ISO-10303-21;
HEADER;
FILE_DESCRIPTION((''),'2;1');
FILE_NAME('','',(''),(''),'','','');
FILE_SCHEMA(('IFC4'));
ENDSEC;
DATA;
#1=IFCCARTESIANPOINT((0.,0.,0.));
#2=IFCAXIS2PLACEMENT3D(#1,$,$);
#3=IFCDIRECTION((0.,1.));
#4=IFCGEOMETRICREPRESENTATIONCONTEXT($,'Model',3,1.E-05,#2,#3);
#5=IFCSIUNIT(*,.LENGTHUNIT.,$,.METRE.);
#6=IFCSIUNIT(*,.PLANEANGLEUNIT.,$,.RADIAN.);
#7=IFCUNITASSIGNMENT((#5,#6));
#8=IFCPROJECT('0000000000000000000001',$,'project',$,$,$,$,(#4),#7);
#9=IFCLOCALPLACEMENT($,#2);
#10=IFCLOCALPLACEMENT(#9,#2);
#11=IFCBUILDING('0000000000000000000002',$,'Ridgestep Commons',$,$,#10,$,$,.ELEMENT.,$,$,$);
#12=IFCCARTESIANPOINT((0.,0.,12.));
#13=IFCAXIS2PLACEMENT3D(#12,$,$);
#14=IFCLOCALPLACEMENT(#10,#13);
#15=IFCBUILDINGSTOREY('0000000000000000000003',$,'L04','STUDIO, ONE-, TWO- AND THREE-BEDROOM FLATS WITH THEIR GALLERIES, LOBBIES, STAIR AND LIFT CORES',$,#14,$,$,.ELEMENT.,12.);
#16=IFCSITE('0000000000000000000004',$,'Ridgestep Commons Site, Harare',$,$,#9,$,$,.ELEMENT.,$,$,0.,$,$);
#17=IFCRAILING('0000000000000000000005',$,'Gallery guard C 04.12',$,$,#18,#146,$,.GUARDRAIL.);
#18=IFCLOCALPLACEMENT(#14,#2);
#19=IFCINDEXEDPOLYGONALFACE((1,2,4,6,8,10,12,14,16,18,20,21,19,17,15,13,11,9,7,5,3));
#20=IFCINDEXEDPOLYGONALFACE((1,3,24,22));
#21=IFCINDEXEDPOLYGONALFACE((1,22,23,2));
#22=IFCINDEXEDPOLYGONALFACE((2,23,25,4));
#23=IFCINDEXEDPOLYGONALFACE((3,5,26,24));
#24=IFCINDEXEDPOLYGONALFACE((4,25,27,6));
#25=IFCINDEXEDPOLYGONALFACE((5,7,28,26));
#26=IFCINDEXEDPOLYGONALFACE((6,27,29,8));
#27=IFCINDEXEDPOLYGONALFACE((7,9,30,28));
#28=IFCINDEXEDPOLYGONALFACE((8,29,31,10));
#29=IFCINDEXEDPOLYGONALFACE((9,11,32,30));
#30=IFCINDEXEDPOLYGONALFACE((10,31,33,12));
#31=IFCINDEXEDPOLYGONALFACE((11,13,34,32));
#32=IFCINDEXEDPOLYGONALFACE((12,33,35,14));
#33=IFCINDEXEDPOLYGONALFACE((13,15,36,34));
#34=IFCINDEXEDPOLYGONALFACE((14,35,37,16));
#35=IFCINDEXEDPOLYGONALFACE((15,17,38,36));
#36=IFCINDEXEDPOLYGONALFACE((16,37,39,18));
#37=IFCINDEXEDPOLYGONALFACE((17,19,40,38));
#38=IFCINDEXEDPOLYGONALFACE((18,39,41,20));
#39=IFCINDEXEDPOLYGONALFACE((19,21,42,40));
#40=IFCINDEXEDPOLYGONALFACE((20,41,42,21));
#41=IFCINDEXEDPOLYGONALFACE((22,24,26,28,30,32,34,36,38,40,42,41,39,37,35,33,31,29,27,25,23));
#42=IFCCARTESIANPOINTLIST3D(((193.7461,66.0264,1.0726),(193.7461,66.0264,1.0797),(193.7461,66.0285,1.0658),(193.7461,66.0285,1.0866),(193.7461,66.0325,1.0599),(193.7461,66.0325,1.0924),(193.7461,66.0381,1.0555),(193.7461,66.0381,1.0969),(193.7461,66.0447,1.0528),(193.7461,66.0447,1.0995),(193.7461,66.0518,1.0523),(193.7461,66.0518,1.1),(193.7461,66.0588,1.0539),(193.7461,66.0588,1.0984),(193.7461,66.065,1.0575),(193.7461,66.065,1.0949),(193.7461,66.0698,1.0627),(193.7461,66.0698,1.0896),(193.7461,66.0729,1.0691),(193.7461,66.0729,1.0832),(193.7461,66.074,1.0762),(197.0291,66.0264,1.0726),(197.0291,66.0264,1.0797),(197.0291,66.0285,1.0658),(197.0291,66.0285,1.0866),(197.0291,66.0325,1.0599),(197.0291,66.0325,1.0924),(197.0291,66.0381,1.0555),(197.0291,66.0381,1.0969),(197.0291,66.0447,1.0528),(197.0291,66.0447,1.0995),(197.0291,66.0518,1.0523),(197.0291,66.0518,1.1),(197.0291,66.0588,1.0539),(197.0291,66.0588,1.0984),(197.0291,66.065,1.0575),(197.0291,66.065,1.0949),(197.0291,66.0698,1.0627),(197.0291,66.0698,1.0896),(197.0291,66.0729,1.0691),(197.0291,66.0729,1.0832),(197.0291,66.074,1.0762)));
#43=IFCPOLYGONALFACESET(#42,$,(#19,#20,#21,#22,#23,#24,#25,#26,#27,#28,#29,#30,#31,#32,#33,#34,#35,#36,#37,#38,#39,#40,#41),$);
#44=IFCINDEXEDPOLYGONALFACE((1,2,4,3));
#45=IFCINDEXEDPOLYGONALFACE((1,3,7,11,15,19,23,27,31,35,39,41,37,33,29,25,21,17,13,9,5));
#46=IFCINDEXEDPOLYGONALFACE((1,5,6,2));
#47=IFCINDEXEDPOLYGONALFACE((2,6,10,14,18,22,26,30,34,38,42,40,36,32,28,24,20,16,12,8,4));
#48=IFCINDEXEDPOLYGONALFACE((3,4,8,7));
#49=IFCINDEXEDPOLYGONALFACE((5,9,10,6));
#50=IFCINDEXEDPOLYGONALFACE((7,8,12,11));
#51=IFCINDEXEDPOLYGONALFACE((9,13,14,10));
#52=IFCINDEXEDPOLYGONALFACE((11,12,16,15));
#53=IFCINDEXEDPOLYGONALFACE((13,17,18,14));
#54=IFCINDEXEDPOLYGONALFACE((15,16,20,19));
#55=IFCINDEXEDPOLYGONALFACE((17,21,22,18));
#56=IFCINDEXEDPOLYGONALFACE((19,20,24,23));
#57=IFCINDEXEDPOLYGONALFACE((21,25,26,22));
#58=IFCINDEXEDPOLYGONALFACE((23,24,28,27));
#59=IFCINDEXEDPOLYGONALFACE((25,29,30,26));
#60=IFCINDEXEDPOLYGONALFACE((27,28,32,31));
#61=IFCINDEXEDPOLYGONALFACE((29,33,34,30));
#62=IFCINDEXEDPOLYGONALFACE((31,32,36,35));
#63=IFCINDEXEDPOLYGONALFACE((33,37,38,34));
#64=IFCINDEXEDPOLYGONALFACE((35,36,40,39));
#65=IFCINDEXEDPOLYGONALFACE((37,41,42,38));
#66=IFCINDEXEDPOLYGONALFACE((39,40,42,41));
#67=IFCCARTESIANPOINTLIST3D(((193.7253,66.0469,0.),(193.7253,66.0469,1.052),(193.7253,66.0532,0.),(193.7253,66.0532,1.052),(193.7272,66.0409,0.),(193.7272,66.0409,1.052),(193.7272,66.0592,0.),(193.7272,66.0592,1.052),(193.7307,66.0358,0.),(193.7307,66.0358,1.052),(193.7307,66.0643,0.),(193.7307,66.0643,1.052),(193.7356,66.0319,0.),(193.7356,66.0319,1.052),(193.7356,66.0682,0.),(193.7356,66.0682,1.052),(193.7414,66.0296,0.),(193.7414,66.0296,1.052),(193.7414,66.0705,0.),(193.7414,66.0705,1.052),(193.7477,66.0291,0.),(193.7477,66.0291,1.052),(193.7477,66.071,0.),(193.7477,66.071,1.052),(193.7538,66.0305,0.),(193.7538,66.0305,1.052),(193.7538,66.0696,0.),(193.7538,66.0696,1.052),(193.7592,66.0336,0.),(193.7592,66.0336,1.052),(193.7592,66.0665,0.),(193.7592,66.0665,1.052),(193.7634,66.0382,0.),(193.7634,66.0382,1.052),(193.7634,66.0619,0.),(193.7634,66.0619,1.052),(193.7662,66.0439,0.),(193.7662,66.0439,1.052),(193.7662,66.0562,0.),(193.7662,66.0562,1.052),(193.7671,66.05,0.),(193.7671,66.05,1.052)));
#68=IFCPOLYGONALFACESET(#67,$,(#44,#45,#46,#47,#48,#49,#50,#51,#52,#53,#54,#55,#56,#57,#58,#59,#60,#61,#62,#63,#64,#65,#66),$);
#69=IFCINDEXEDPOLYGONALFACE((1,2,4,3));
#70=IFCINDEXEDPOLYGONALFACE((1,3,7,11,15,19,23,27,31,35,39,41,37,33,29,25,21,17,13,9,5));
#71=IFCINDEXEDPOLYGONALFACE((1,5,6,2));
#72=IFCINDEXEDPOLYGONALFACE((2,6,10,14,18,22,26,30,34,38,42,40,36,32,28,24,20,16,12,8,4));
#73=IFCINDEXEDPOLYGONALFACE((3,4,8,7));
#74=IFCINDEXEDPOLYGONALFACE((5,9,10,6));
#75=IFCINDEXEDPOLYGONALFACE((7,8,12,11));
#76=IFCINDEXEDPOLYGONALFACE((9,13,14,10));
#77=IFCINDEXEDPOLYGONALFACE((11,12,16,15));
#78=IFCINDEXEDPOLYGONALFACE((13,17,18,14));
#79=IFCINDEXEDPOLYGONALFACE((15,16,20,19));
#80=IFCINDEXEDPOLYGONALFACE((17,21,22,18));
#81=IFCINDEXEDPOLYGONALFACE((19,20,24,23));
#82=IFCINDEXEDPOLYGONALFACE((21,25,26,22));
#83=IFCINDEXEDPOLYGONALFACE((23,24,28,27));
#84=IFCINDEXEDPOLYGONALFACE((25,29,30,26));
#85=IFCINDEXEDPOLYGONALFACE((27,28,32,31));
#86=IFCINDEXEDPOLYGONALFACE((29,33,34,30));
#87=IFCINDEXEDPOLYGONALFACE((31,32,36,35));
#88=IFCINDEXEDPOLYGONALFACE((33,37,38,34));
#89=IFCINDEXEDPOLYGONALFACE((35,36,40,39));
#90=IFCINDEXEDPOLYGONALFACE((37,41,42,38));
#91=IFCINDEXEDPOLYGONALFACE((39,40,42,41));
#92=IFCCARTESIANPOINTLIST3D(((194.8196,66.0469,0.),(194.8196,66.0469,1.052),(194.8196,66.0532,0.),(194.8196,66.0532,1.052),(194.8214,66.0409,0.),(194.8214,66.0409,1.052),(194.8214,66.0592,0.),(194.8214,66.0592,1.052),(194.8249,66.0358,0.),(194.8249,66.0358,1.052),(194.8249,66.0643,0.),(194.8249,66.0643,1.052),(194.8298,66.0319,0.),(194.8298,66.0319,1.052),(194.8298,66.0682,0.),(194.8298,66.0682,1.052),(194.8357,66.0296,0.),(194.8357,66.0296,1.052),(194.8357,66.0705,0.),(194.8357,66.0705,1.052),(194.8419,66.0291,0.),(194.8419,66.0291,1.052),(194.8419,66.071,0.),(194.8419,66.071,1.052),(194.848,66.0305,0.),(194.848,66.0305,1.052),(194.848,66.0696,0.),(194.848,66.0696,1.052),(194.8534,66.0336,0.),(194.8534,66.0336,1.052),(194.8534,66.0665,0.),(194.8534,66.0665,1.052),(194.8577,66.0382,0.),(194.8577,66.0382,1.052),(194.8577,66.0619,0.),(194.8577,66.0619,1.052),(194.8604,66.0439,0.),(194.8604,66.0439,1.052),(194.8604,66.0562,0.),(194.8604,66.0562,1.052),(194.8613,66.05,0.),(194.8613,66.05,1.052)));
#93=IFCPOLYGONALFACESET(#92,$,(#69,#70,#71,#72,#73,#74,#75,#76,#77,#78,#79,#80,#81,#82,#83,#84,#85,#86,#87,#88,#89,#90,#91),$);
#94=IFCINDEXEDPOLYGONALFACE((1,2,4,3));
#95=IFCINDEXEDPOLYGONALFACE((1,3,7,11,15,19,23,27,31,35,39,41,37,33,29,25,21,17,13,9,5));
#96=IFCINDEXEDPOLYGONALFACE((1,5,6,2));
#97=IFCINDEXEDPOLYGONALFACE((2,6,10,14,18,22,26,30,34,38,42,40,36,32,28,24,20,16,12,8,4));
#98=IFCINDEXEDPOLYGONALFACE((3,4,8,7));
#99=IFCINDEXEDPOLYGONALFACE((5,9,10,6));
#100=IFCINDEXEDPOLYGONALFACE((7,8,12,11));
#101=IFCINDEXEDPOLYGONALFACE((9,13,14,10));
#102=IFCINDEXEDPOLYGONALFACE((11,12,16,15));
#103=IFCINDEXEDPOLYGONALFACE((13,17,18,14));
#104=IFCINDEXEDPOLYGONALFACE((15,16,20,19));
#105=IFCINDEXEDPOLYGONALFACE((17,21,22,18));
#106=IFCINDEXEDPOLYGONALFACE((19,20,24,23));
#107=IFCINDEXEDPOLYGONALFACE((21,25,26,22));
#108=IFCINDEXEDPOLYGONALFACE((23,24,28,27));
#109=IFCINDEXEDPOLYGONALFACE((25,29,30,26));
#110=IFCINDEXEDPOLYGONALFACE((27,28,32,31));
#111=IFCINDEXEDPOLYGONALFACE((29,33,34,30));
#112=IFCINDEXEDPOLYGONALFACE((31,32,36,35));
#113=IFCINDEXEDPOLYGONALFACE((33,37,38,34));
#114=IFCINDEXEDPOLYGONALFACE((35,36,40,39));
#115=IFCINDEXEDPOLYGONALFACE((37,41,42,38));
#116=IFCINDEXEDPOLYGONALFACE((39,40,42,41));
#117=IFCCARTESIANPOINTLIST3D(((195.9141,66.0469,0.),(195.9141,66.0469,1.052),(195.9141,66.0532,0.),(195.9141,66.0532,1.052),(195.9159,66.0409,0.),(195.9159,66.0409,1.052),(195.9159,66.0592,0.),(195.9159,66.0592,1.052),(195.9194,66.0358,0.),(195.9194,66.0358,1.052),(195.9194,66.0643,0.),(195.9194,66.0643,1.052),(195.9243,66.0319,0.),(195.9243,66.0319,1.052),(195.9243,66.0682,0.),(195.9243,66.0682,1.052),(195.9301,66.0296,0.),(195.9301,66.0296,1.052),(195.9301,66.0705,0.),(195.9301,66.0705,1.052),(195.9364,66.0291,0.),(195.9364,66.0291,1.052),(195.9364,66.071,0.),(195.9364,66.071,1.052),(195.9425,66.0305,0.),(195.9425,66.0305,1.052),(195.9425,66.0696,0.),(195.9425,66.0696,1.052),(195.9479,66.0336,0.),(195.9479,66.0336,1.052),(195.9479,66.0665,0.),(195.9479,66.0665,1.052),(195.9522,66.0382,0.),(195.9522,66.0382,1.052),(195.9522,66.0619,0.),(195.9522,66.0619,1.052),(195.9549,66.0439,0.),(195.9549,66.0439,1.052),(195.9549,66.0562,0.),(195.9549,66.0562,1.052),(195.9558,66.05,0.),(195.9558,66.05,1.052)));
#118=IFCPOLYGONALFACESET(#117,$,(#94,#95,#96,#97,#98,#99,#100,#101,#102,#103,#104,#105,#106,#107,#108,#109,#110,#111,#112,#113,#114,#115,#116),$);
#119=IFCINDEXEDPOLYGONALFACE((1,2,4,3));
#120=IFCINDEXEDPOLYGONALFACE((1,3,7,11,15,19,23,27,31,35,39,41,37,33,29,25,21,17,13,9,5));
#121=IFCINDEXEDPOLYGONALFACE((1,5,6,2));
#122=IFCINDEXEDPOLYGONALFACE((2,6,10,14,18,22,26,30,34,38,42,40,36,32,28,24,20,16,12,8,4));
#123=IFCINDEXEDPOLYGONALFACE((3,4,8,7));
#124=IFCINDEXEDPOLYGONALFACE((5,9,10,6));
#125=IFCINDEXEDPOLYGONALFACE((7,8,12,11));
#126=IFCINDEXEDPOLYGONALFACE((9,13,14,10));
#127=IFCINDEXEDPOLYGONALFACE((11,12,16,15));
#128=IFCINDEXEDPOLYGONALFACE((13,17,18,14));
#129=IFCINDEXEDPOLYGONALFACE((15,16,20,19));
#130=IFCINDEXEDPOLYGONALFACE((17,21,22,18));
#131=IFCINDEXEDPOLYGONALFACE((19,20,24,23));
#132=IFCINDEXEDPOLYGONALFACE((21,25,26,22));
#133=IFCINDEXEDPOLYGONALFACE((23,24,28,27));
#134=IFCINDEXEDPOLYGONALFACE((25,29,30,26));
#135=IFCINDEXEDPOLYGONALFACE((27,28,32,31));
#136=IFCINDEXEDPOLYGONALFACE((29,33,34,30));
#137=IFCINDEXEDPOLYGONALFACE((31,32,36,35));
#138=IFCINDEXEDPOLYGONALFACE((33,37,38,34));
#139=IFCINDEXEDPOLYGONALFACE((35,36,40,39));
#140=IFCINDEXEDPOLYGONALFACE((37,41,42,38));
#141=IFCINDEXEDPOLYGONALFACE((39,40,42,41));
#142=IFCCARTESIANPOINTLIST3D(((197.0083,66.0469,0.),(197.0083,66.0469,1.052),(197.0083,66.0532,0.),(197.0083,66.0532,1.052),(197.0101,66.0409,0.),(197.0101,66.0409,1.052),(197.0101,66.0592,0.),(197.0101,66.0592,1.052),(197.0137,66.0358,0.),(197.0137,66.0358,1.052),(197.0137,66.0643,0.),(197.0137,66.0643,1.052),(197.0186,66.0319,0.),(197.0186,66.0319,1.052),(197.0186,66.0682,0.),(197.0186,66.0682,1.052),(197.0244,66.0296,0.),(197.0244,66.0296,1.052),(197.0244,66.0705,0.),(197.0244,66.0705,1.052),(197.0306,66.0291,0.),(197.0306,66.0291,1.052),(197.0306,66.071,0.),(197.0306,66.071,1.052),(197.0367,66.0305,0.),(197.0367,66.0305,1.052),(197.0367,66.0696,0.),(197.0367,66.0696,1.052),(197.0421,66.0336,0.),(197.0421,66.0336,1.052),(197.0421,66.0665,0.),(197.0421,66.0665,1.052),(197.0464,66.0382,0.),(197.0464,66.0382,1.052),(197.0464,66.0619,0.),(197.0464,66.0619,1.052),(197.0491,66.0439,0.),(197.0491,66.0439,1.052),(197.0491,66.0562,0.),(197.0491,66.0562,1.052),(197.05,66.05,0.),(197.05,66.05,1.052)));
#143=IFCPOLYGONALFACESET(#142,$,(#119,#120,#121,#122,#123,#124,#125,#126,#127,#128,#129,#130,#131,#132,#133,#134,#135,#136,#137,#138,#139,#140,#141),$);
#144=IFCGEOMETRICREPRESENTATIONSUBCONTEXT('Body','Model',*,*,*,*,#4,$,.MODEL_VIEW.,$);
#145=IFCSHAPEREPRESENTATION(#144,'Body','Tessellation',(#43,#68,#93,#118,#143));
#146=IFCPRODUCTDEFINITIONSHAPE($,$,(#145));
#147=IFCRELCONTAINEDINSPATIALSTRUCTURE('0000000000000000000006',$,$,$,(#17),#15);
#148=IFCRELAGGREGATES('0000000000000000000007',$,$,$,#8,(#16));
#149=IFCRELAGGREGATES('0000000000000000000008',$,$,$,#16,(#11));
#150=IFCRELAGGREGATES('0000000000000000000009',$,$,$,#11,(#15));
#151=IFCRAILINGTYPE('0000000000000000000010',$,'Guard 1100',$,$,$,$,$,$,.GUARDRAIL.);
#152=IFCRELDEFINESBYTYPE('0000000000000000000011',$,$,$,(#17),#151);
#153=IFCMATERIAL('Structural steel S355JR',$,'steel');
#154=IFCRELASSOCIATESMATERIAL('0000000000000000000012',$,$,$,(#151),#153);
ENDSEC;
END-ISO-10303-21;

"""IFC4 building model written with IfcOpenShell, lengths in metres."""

from ifc_helpers import new_model, si_unit, direction, frame, origin, origin_2d, place, context, subcontext, project, spatial, circle, extrude, material, type_object, element, save


model = new_model("IFC4")

# Units and contexts
model_context = context("Model", 3, precision=1e-05, world=origin(), true_north=direction((0.0, 1.0)))
body_context = subcontext(model_context, "Body", "Model", "MODEL_VIEW")
ifc_project = project(units=[si_unit("LENGTHUNIT", "METRE"), si_unit("PLANEANGLEUNIT", "RADIAN")], contexts=[model_context])

# Site, building, storey
site_placement = place(None, origin())
site = spatial("IfcSite", under=ifc_project, at=site_placement, Name="Ridgestep Commons Site, Harare", CompositionType="ELEMENT", RefElevation=0.0)
building_placement = place(site_placement, origin())
building = spatial("IfcBuilding", under=site, at=building_placement, Name="Ridgestep Commons", CompositionType="ELEMENT")
storey_placement = place(building_placement, frame((0.0, 0.0, 12.0)))
storey = spatial("IfcBuildingStorey", under=building, at=storey_placement, Name="L04", Description="STUDIO, ONE-, TWO- AND THREE-BEDROOM FLATS WITH THEIR GALLERIES, LOBBIES, STAIR AND LIFT CORES", CompositionType="ELEMENT", Elevation=12.0)

# Railing
ifc_material_1 = material(Name="Structural steel S355JR", Category="steel")
railing_type_1 = type_object("IfcRailingType", Name="Guard 1100", PredefinedType="GUARDRAIL", material=ifc_material_1)
railing_1_placement = place(storey_placement, frame((193.7461, 66.05, 0.0)))
element("IfcRailing", 1, at=railing_1_placement, inside=storey, type_object=railing_type_1, Name="Gallery guard C 04.12", PredefinedType="GUARDRAIL", context=body_context, shape_type="SweptSolid", body=[
    extrude(circle(Radius=0.0239, at=origin_2d()), frame((0.0, 0.0, 1.0762), z_axis=(1.0, 0.0, 0.0), x_axis=(0.0, 1.0, 0.0)), (0.0, 0.0, 1.0), 3.283),
    extrude(circle(Radius=0.021, at=origin_2d()), origin(), (0.0, 0.0, 1.0), 1.052),
    extrude(circle(Radius=0.021, at=origin_2d()), frame((1.0942, 0.0, 0.0)), (0.0, 0.0, 1.0), 1.052),
    extrude(circle(Radius=0.021, at=origin_2d()), frame((2.1887, 0.0, 0.0)), (0.0, 0.0, 1.0), 1.052),
    extrude(circle(Radius=0.021, at=origin_2d()), frame((3.283, 0.0, 0.0)), (0.0, 0.0, 1.0), 1.052),
])

save(model, "model.ifc")
